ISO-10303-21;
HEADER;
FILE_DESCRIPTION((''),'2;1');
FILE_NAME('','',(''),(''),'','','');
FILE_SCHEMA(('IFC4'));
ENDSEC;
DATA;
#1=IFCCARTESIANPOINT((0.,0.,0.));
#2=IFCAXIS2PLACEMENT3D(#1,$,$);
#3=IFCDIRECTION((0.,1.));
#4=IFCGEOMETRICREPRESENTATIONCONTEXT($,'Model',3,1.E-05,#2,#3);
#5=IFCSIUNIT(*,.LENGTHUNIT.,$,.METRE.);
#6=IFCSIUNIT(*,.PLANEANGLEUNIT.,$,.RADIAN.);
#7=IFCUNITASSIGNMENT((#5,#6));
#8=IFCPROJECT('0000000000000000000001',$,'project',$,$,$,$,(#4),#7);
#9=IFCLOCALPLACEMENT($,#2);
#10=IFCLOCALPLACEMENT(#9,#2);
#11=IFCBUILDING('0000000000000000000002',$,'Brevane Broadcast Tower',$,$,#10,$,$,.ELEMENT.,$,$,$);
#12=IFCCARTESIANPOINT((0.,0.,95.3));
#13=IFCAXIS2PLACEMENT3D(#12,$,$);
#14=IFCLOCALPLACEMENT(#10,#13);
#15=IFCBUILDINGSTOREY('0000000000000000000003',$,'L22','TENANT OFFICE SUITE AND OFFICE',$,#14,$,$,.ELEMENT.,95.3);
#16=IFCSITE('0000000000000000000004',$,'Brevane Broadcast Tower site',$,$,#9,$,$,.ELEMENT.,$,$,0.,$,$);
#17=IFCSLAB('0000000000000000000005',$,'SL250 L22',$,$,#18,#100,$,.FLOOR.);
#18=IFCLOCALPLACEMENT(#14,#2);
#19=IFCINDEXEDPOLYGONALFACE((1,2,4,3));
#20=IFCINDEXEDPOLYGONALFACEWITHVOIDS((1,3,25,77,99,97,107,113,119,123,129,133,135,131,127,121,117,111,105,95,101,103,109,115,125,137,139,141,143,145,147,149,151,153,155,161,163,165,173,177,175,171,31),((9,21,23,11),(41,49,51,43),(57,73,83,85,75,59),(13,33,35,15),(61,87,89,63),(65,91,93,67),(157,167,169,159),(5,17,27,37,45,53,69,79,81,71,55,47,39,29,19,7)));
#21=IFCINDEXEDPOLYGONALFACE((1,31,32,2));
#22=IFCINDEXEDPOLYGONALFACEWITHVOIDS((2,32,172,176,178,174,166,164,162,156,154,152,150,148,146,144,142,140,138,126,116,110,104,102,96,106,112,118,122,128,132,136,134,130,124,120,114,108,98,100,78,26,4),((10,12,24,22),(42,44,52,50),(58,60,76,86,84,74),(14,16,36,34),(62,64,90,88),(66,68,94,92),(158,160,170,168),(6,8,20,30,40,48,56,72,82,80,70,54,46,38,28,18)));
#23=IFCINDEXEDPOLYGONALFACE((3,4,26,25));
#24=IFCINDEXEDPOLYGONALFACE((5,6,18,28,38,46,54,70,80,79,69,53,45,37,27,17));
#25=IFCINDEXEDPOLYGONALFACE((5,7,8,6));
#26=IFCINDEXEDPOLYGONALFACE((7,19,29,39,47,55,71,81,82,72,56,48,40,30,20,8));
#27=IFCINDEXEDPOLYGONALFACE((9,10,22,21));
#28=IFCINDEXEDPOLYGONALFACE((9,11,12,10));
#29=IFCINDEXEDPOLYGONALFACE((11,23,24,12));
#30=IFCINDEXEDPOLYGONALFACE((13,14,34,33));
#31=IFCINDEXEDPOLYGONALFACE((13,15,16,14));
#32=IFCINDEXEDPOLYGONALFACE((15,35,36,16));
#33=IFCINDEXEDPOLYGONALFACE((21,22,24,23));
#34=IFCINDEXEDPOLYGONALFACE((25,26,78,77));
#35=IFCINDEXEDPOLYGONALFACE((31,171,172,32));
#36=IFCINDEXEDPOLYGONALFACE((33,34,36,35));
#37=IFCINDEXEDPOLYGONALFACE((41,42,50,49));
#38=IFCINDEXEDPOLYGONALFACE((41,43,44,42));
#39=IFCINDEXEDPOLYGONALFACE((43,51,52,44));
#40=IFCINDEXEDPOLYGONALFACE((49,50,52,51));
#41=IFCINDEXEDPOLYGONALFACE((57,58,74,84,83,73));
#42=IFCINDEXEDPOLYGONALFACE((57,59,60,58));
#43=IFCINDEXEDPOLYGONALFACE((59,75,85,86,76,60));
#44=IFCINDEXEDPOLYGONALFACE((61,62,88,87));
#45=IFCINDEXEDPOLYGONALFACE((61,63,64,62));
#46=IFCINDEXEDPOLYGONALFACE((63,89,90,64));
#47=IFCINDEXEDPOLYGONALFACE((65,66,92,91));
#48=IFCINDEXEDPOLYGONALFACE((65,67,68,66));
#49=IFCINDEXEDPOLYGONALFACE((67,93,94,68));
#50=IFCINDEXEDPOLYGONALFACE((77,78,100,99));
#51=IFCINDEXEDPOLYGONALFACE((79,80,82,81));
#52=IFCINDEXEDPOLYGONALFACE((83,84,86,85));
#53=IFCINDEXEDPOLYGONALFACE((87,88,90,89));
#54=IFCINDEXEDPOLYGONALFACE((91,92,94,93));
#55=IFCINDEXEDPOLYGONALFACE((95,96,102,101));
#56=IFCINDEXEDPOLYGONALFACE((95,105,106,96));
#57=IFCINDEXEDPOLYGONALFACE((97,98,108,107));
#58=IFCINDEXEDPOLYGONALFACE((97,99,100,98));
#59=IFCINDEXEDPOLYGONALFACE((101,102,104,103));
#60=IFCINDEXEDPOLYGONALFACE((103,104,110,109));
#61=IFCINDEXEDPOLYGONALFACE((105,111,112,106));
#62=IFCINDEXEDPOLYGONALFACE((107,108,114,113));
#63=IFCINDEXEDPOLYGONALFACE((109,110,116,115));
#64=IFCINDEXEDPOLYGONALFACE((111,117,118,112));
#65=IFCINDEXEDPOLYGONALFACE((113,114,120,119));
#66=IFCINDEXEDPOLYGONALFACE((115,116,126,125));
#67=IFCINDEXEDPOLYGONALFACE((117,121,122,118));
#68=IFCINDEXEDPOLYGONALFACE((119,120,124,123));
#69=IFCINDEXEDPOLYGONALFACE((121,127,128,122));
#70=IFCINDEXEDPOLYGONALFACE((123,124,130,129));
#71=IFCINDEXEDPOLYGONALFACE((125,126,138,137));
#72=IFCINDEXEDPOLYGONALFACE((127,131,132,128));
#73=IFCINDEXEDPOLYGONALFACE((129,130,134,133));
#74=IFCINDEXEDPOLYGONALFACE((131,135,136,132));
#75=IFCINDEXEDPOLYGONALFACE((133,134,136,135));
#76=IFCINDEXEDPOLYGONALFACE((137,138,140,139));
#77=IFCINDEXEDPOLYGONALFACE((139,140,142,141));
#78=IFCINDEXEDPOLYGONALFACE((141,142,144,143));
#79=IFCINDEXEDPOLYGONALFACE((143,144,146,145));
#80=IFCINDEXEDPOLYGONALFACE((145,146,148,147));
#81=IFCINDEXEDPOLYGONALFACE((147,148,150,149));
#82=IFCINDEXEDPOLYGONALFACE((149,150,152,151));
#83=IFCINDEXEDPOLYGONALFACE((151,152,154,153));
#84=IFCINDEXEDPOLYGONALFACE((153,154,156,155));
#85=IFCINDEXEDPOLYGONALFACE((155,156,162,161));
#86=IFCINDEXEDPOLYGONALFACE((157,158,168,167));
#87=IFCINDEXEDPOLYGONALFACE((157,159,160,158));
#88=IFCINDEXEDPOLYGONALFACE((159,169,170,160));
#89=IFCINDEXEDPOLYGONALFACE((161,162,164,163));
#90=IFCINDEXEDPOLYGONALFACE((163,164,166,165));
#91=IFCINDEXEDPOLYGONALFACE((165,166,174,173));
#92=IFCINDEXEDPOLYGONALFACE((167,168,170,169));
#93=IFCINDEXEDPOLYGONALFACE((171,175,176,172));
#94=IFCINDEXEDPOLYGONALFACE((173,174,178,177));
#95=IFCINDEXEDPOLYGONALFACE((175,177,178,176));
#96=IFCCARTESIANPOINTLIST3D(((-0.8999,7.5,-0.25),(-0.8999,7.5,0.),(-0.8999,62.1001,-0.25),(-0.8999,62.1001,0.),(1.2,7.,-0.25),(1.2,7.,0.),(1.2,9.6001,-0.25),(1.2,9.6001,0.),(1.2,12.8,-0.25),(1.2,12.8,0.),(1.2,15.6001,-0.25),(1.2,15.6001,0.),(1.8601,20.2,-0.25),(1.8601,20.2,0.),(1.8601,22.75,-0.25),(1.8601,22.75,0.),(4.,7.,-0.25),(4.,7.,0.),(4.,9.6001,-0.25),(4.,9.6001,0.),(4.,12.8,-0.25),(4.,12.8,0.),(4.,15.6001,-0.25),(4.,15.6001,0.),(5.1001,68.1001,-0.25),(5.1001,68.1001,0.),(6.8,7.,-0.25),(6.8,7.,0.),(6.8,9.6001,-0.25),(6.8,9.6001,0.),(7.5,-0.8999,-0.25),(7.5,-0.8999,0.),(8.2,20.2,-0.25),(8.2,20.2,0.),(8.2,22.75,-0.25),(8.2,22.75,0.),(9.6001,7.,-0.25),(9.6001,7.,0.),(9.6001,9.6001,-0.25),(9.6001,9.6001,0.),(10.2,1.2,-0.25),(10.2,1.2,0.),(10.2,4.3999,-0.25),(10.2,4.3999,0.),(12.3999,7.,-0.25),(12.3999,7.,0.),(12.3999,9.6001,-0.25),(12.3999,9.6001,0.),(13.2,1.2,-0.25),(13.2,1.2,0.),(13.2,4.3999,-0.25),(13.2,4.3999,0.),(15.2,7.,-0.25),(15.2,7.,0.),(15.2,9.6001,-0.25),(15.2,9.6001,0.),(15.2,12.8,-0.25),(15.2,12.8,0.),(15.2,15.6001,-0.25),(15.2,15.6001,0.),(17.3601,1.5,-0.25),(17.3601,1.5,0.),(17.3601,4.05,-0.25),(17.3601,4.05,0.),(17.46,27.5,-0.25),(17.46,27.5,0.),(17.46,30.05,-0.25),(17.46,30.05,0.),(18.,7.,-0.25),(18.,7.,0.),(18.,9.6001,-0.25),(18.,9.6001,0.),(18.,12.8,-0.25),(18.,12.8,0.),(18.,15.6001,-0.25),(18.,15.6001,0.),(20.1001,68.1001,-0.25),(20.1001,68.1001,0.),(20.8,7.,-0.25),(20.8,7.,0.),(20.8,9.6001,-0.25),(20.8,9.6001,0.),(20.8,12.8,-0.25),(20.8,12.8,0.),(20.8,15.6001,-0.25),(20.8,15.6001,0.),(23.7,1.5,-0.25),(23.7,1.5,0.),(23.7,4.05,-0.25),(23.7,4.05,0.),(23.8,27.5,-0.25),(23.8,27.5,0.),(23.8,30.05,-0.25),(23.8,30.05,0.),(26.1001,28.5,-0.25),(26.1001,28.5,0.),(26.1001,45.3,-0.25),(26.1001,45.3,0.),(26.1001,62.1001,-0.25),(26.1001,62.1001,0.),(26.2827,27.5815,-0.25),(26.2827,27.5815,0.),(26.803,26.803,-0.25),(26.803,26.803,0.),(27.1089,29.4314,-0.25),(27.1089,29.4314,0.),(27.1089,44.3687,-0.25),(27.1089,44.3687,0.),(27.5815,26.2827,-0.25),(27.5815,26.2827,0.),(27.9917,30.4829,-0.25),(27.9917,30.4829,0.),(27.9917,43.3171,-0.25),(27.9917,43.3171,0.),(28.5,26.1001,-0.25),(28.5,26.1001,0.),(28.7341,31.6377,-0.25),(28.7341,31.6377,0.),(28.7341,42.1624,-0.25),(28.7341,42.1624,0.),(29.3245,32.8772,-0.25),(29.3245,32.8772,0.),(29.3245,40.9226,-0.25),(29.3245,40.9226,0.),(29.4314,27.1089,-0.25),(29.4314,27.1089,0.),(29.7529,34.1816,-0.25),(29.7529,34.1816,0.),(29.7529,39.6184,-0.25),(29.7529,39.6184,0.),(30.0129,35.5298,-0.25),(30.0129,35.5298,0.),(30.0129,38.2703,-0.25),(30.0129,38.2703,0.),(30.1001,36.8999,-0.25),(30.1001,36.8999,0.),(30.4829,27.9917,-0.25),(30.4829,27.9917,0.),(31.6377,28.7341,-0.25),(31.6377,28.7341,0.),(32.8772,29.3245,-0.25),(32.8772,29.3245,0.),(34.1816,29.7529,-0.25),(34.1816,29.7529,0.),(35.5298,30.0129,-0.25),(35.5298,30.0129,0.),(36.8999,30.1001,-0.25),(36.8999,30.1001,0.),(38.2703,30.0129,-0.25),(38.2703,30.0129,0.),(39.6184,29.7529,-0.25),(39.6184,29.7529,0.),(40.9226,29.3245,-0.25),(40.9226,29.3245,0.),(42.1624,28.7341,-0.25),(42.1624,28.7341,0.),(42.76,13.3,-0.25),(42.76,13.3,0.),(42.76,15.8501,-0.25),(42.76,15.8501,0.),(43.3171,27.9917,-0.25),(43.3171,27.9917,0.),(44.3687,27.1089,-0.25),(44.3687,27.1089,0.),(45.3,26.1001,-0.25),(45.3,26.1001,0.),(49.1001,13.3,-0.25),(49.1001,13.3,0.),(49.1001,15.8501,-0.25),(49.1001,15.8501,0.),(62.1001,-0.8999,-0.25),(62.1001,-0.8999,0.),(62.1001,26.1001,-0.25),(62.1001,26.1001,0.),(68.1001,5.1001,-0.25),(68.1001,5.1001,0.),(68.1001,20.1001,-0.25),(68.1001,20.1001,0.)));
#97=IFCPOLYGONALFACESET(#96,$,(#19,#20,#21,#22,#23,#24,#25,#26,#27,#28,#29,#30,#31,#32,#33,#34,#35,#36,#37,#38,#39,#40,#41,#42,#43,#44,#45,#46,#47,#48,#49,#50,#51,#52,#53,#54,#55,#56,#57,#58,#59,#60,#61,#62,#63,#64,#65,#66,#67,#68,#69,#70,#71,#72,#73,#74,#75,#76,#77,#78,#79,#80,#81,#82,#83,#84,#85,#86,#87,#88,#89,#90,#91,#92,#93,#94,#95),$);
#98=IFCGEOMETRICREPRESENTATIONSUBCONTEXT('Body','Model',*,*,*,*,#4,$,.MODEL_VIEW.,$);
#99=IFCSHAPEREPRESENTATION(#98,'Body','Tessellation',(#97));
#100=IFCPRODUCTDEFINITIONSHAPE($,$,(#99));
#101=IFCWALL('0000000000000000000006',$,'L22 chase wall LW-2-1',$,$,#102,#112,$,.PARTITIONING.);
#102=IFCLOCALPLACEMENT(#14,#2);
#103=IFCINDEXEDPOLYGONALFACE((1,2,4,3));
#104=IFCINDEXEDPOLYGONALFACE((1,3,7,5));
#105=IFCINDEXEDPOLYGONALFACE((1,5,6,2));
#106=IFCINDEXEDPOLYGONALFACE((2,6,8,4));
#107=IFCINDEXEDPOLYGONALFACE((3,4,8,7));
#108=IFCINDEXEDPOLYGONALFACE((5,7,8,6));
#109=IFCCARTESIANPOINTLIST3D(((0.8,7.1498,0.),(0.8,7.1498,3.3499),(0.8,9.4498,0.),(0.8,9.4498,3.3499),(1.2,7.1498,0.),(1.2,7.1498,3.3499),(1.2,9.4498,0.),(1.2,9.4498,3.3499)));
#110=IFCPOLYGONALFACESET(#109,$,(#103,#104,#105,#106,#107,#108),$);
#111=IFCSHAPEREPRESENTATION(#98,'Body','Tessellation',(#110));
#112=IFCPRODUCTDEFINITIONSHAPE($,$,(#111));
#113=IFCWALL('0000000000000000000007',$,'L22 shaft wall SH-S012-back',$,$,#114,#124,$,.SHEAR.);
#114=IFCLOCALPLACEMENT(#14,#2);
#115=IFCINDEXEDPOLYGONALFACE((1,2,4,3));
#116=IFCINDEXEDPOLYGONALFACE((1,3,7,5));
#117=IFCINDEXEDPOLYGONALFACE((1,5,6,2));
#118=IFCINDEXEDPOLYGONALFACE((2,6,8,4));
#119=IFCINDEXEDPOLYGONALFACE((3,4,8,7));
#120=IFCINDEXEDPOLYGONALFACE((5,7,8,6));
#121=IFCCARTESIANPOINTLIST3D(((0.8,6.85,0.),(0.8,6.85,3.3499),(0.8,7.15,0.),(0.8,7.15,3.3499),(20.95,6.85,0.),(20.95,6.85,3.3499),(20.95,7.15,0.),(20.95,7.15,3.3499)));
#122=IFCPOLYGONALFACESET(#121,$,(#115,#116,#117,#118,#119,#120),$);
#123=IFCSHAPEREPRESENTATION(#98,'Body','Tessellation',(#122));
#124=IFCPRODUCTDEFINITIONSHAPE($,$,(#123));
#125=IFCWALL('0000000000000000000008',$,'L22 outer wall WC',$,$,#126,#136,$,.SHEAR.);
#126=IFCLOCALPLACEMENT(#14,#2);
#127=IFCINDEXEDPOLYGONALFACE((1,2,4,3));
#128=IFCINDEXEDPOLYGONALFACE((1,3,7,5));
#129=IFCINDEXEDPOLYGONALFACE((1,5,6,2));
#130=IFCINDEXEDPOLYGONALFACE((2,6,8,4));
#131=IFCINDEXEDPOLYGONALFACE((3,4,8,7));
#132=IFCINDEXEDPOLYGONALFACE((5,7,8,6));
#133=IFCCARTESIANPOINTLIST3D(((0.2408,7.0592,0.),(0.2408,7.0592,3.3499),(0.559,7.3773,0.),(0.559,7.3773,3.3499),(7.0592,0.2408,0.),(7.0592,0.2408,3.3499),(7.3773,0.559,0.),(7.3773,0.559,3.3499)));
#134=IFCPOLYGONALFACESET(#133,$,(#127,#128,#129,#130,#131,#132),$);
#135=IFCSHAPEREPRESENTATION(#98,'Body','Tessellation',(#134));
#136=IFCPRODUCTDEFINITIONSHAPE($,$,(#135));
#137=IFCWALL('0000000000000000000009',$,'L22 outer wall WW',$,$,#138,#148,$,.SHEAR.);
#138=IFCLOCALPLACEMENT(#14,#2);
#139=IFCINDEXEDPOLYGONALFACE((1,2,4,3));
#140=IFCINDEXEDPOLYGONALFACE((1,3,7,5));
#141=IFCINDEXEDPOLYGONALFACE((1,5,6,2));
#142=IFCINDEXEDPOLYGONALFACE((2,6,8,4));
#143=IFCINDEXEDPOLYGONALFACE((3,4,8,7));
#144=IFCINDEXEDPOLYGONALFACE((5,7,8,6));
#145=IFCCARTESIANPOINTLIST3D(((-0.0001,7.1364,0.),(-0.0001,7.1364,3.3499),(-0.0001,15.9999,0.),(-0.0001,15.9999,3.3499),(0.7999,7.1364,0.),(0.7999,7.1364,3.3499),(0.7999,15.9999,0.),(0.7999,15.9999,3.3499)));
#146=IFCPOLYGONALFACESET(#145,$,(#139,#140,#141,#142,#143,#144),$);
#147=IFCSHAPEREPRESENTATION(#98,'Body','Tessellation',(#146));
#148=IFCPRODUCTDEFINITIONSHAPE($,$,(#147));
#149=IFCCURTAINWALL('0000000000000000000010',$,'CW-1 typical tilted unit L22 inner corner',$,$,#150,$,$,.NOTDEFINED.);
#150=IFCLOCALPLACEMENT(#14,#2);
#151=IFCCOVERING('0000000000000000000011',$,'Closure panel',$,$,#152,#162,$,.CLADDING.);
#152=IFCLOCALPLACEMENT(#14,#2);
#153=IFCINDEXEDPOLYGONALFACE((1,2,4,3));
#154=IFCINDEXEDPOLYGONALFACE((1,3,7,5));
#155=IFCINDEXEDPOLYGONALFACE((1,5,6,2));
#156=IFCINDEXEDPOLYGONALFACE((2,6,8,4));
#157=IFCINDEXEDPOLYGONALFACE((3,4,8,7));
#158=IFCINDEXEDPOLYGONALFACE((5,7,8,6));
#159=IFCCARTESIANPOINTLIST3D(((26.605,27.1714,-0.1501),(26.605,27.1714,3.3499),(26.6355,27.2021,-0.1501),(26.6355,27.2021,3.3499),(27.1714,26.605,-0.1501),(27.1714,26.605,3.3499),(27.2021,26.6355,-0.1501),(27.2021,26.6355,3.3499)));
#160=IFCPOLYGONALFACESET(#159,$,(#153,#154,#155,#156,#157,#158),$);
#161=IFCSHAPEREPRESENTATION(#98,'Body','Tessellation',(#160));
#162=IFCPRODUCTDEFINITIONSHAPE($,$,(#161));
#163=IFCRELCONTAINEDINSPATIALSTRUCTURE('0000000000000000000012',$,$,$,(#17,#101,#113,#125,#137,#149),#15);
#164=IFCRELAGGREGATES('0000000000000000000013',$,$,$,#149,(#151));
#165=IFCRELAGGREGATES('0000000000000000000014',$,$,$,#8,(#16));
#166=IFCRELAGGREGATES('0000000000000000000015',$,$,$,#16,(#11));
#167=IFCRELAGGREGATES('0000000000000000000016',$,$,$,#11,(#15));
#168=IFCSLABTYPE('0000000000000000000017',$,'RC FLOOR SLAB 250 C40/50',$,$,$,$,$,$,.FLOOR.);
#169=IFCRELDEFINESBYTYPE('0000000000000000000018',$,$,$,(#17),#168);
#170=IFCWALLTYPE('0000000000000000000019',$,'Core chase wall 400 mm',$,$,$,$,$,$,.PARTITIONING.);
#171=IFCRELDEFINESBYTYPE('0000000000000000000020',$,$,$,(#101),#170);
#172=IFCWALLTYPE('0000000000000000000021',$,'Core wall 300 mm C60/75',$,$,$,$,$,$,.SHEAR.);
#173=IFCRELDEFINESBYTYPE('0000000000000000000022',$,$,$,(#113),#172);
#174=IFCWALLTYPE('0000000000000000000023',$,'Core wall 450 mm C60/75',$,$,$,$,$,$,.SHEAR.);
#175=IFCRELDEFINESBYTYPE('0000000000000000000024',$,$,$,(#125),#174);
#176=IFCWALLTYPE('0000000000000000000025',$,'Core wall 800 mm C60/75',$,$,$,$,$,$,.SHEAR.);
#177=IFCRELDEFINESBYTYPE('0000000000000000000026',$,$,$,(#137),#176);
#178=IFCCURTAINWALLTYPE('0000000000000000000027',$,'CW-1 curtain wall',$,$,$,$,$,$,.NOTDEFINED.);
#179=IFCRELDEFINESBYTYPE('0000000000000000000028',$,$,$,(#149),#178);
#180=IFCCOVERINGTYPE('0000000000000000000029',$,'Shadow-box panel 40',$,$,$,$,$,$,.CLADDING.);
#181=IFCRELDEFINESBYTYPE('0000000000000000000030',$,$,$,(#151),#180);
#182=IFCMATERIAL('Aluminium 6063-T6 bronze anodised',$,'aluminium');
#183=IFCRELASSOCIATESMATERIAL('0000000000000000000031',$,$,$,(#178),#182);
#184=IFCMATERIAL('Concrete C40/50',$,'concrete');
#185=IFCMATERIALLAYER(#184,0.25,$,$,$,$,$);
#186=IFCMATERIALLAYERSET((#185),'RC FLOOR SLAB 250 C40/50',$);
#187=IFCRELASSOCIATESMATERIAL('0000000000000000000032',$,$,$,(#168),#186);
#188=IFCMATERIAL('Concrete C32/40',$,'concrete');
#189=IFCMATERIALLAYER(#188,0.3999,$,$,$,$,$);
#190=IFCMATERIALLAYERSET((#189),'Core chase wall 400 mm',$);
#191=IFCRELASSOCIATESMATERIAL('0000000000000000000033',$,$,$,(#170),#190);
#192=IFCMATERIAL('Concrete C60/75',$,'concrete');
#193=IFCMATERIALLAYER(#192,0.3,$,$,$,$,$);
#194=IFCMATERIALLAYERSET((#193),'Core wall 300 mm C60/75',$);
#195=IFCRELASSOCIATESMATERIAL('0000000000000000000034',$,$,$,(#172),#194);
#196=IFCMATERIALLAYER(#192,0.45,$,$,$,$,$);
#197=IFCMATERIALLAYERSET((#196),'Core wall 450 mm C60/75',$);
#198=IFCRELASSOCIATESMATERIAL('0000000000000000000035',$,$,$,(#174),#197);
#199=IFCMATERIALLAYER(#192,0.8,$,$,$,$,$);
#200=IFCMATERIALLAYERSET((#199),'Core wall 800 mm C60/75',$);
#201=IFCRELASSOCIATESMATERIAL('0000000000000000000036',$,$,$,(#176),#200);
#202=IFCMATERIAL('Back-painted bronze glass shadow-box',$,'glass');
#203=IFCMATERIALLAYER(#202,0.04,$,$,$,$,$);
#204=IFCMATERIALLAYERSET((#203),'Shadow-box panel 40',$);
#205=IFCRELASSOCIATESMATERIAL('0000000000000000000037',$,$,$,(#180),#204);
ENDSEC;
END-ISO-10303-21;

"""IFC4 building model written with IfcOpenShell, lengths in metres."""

from ifc_helpers import new_model, si_unit, direction, frame, frame_2d, origin, place, context, subcontext, project, spatial, polyline, rectangle, outline, extrude, material, layer, layer_set, type_object, element, aggregate, save


model = new_model("IFC4")

# Units and contexts
model_context = context("Model", 3, precision=1e-05, world=origin(), true_north=direction((0.0, 1.0)))
body_context = subcontext(model_context, "Body", "Model", "MODEL_VIEW")
ifc_project = project(units=[si_unit("LENGTHUNIT", "METRE"), si_unit("PLANEANGLEUNIT", "RADIAN")], contexts=[model_context])

# Site, building, storey
site_placement = place(None, origin())
site = spatial("IfcSite", under=ifc_project, at=site_placement, Name="Brevane Broadcast Tower site", CompositionType="ELEMENT", RefElevation=0.0)
building_placement = place(site_placement, origin())
building = spatial("IfcBuilding", under=site, at=building_placement, Name="Brevane Broadcast Tower", CompositionType="ELEMENT")
storey_placement = place(building_placement, frame((0.0, 0.0, 95.3)))
storey = spatial("IfcBuildingStorey", under=building, at=storey_placement, Name="L22", Description="TENANT OFFICE SUITE AND OFFICE", CompositionType="ELEMENT", Elevation=95.3)

# Shared definitions
ifc_material_1 = material(Name="Aluminium 6063-T6 bronze anodised", Category="aluminium")
curtain_wall_type = type_object("IfcCurtainWallType", Name="CW-1 curtain wall", PredefinedType="NOTDEFINED", material=ifc_material_1)

# Slab
ifc_material_2 = material(Name="Concrete C40/50", Category="concrete")
ifc_layer_1 = layer(ifc_material_2, 0.25)
ifc_layer_set_1 = layer_set([ifc_layer_1], Name="RC FLOOR SLAB 250 C40/50")
slab_type_1 = type_object("IfcSlabType", Name="RC FLOOR SLAB 250 C40/50", PredefinedType="FLOOR", material=ifc_layer_set_1)
slab_1_placement = place(storey_placement, frame((0.0, 0.0, -0.25)))
element("IfcSlab", 1, at=slab_1_placement, inside=storey, type_object=slab_type_1, Name="SL250 L22", PredefinedType="FLOOR", context=body_context, shape_type="SweptSolid", body=[
    extrude(outline(polyline([(-0.8999, 7.5), (-0.8999, 62.1001), (5.1001, 68.1001), (20.1001, 68.1001), (26.1001, 62.1001), (26.1001, 45.3), (27.1089, 44.3687), (27.9917, 43.3171), (28.7341, 42.1624), (29.3245, 40.9226), (29.7529, 39.6184), (30.0129, 38.2703), (30.1001, 36.8999), (30.0129, 35.5298), (29.7529, 34.1816), (29.3245, 32.8772), (28.7341, 31.6377), (27.9917, 30.4829), (27.1089, 29.4314), (26.1001, 28.5), (26.2827, 27.5815), (26.803, 26.803), (27.5815, 26.2827), (28.5, 26.1001), (29.4314, 27.1089), (30.4829, 27.9917), (31.6377, 28.7341), (32.8772, 29.3245), (34.1816, 29.7529), (35.5298, 30.0129), (36.8999, 30.1001), (38.2703, 30.0129), (39.6184, 29.7529), (40.9226, 29.3245), (42.1624, 28.7341), (43.3171, 27.9917), (44.3687, 27.1089), (45.3, 26.1001), (62.1001, 26.1001), (68.1001, 20.1001), (68.1001, 5.1001), (62.1001, -0.8999), (7.5, -0.8999), (-0.8999, 7.5)]), holes=[polyline([(13.2, 4.3999), (10.2, 4.3999), (10.2, 1.2), (13.2, 1.2), (13.2, 4.3999)]), polyline([(4.0, 9.6001), (1.2, 9.6001), (1.2, 7.0), (4.0, 7.0), (6.8, 7.0), (9.6001, 7.0), (12.3999, 7.0), (15.2, 7.0), (18.0, 7.0), (20.8, 7.0), (20.8, 9.6001), (18.0, 9.6001), (15.2, 9.6001), (12.3999, 9.6001), (9.6001, 9.6001), (6.8, 9.6001), (4.0, 9.6001)]), polyline([(4.0, 12.8), (4.0, 15.6001), (1.2, 15.6001), (1.2, 12.8), (4.0, 12.8)]), polyline([(8.2, 22.75), (1.8601, 22.75), (1.8601, 20.2), (8.2, 20.2), (8.2, 22.75)]), polyline([(23.7, 4.05), (17.3601, 4.05), (17.3601, 1.5), (23.7, 1.5), (23.7, 4.05)]), polyline([(18.0, 15.6001), (15.2, 15.6001), (15.2, 12.8), (18.0, 12.8), (20.8, 12.8), (20.8, 15.6001), (18.0, 15.6001)]), polyline([(49.1001, 15.8501), (42.76, 15.8501), (42.76, 13.3), (49.1001, 13.3), (49.1001, 15.8501)]), polyline([(23.8, 30.05), (17.46, 30.05), (17.46, 27.5), (23.8, 27.5), (23.8, 30.05)])]), origin(), (0.0, 0.0, 1.0), 0.25),
])

# Walls
ifc_material_3 = material(Name="Concrete C32/40", Category="concrete")
ifc_layer_2 = layer(ifc_material_3, 0.3999)
ifc_layer_set_2 = layer_set([ifc_layer_2], Name="Core chase wall 400 mm")
wall_type_1 = type_object("IfcWallType", Name="Core chase wall 400 mm", PredefinedType="PARTITIONING", material=ifc_layer_set_2)
wall_1_placement = place(storey_placement, frame((1.0, 7.1499, 0.0), z_axis=(0.0, 0.0, 1.0), x_axis=(0.0, 1.0, 0.0)))
element("IfcWall", 2, at=wall_1_placement, inside=storey, type_object=wall_type_1, Name="L22 chase wall LW-2-1", PredefinedType="PARTITIONING", context=body_context, shape_type="SweptSolid", body=[
    extrude(rectangle(XDim=2.3, YDim=0.3999, at=frame_2d((1.1499, 0.0))), origin(), (0.0, 0.0, 1.0), 3.3499),
])
ifc_material_4 = material(Name="Concrete C60/75", Category="concrete")
ifc_layer_3 = layer(ifc_material_4, 0.3)
ifc_layer_set_3 = layer_set([ifc_layer_3], Name="Core wall 300 mm C60/75")
wall_type_2 = type_object("IfcWallType", Name="Core wall 300 mm C60/75", PredefinedType="SHEAR", material=ifc_layer_set_3)
wall_2_placement = place(storey_placement, frame((0.8, 7.0, 0.0), z_axis=(0.0, 0.0, 1.0), x_axis=(1.0, 0.0, 0.0)))
element("IfcWall", 3, at=wall_2_placement, inside=storey, type_object=wall_type_2, Name="L22 shaft wall SH-S012-back", PredefinedType="SHEAR", context=body_context, shape_type="SweptSolid", body=[
    extrude(rectangle(XDim=20.1499, YDim=0.3, at=frame_2d((10.075, 0.0))), origin(), (0.0, 0.0, 1.0), 3.3499),
])
ifc_layer_4 = layer(ifc_material_4, 0.45)
ifc_layer_set_4 = layer_set([ifc_layer_4], Name="Core wall 450 mm C60/75")
wall_type_3 = type_object("IfcWallType", Name="Core wall 450 mm C60/75", PredefinedType="SHEAR", material=ifc_layer_set_4)
wall_3_placement = place(storey_placement, frame((0.3999, 7.2183, 0.0), z_axis=(0.0, 0.0, 1.0), x_axis=(0.707107, -0.707107, 0.0)))
element("IfcWall", 4, at=wall_3_placement, inside=storey, type_object=wall_type_3, Name="L22 outer wall WC", PredefinedType="SHEAR", context=body_context, shape_type="SweptSolid", body=[
    extrude(rectangle(XDim=9.6426, YDim=0.45, at=frame_2d((4.8213, 0.0))), origin(), (0.0, 0.0, 1.0), 3.3499),
])
ifc_layer_5 = layer(ifc_material_4, 0.8)
ifc_layer_set_5 = layer_set([ifc_layer_5], Name="Core wall 800 mm C60/75")
wall_type_4 = type_object("IfcWallType", Name="Core wall 800 mm C60/75", PredefinedType="SHEAR", material=ifc_layer_set_5)
wall_4_placement = place(storey_placement, frame((0.3999, 7.1365, 0.0), z_axis=(0.0, 0.0, 1.0), x_axis=(0.0, 1.0, 0.0)))
element("IfcWall", 5, at=wall_4_placement, inside=storey, type_object=wall_type_4, Name="L22 outer wall WW", PredefinedType="SHEAR", context=body_context, shape_type="SweptSolid", body=[
    extrude(rectangle(XDim=8.8635, YDim=0.8, at=frame_2d((4.4316, 0.0))), origin(), (0.0, 0.0, 1.0), 3.3499),
])

# Curtain wall, covering
curtain_wall_1_placement = place(storey_placement, origin())
curtain_wall_1 = element("IfcCurtainWall", 6, at=curtain_wall_1_placement, inside=storey, type_object=curtain_wall_type, Name="CW-1 typical tilted unit L22 inner corner", PredefinedType="NOTDEFINED")
ifc_material_5 = material(Name="Back-painted bronze glass shadow-box", Category="glass")
ifc_layer_6 = layer(ifc_material_5, 0.04)
ifc_layer_set_6 = layer_set([ifc_layer_6], Name="Shadow-box panel 40")
covering_type = type_object("IfcCoveringType", Name="Shadow-box panel 40", PredefinedType="CLADDING", material=ifc_layer_set_6)
covering_placement = place(storey_placement, frame((0.0, 0.0, -0.1501)))
covering = element("IfcCovering", 7, at=covering_placement, type_object=covering_type, Name="Closure panel", PredefinedType="CLADDING", context=body_context, shape_type="SweptSolid", body=[
    extrude(outline(polyline([(27.1714, 26.605), (27.2021, 26.6355), (26.6355, 27.2021), (26.605, 27.1714), (27.1714, 26.605)])), origin(), (0.0, 0.0, 1.0), 3.5),
])
aggregate(curtain_wall_1, [covering])

save(model, "model.ifc")
